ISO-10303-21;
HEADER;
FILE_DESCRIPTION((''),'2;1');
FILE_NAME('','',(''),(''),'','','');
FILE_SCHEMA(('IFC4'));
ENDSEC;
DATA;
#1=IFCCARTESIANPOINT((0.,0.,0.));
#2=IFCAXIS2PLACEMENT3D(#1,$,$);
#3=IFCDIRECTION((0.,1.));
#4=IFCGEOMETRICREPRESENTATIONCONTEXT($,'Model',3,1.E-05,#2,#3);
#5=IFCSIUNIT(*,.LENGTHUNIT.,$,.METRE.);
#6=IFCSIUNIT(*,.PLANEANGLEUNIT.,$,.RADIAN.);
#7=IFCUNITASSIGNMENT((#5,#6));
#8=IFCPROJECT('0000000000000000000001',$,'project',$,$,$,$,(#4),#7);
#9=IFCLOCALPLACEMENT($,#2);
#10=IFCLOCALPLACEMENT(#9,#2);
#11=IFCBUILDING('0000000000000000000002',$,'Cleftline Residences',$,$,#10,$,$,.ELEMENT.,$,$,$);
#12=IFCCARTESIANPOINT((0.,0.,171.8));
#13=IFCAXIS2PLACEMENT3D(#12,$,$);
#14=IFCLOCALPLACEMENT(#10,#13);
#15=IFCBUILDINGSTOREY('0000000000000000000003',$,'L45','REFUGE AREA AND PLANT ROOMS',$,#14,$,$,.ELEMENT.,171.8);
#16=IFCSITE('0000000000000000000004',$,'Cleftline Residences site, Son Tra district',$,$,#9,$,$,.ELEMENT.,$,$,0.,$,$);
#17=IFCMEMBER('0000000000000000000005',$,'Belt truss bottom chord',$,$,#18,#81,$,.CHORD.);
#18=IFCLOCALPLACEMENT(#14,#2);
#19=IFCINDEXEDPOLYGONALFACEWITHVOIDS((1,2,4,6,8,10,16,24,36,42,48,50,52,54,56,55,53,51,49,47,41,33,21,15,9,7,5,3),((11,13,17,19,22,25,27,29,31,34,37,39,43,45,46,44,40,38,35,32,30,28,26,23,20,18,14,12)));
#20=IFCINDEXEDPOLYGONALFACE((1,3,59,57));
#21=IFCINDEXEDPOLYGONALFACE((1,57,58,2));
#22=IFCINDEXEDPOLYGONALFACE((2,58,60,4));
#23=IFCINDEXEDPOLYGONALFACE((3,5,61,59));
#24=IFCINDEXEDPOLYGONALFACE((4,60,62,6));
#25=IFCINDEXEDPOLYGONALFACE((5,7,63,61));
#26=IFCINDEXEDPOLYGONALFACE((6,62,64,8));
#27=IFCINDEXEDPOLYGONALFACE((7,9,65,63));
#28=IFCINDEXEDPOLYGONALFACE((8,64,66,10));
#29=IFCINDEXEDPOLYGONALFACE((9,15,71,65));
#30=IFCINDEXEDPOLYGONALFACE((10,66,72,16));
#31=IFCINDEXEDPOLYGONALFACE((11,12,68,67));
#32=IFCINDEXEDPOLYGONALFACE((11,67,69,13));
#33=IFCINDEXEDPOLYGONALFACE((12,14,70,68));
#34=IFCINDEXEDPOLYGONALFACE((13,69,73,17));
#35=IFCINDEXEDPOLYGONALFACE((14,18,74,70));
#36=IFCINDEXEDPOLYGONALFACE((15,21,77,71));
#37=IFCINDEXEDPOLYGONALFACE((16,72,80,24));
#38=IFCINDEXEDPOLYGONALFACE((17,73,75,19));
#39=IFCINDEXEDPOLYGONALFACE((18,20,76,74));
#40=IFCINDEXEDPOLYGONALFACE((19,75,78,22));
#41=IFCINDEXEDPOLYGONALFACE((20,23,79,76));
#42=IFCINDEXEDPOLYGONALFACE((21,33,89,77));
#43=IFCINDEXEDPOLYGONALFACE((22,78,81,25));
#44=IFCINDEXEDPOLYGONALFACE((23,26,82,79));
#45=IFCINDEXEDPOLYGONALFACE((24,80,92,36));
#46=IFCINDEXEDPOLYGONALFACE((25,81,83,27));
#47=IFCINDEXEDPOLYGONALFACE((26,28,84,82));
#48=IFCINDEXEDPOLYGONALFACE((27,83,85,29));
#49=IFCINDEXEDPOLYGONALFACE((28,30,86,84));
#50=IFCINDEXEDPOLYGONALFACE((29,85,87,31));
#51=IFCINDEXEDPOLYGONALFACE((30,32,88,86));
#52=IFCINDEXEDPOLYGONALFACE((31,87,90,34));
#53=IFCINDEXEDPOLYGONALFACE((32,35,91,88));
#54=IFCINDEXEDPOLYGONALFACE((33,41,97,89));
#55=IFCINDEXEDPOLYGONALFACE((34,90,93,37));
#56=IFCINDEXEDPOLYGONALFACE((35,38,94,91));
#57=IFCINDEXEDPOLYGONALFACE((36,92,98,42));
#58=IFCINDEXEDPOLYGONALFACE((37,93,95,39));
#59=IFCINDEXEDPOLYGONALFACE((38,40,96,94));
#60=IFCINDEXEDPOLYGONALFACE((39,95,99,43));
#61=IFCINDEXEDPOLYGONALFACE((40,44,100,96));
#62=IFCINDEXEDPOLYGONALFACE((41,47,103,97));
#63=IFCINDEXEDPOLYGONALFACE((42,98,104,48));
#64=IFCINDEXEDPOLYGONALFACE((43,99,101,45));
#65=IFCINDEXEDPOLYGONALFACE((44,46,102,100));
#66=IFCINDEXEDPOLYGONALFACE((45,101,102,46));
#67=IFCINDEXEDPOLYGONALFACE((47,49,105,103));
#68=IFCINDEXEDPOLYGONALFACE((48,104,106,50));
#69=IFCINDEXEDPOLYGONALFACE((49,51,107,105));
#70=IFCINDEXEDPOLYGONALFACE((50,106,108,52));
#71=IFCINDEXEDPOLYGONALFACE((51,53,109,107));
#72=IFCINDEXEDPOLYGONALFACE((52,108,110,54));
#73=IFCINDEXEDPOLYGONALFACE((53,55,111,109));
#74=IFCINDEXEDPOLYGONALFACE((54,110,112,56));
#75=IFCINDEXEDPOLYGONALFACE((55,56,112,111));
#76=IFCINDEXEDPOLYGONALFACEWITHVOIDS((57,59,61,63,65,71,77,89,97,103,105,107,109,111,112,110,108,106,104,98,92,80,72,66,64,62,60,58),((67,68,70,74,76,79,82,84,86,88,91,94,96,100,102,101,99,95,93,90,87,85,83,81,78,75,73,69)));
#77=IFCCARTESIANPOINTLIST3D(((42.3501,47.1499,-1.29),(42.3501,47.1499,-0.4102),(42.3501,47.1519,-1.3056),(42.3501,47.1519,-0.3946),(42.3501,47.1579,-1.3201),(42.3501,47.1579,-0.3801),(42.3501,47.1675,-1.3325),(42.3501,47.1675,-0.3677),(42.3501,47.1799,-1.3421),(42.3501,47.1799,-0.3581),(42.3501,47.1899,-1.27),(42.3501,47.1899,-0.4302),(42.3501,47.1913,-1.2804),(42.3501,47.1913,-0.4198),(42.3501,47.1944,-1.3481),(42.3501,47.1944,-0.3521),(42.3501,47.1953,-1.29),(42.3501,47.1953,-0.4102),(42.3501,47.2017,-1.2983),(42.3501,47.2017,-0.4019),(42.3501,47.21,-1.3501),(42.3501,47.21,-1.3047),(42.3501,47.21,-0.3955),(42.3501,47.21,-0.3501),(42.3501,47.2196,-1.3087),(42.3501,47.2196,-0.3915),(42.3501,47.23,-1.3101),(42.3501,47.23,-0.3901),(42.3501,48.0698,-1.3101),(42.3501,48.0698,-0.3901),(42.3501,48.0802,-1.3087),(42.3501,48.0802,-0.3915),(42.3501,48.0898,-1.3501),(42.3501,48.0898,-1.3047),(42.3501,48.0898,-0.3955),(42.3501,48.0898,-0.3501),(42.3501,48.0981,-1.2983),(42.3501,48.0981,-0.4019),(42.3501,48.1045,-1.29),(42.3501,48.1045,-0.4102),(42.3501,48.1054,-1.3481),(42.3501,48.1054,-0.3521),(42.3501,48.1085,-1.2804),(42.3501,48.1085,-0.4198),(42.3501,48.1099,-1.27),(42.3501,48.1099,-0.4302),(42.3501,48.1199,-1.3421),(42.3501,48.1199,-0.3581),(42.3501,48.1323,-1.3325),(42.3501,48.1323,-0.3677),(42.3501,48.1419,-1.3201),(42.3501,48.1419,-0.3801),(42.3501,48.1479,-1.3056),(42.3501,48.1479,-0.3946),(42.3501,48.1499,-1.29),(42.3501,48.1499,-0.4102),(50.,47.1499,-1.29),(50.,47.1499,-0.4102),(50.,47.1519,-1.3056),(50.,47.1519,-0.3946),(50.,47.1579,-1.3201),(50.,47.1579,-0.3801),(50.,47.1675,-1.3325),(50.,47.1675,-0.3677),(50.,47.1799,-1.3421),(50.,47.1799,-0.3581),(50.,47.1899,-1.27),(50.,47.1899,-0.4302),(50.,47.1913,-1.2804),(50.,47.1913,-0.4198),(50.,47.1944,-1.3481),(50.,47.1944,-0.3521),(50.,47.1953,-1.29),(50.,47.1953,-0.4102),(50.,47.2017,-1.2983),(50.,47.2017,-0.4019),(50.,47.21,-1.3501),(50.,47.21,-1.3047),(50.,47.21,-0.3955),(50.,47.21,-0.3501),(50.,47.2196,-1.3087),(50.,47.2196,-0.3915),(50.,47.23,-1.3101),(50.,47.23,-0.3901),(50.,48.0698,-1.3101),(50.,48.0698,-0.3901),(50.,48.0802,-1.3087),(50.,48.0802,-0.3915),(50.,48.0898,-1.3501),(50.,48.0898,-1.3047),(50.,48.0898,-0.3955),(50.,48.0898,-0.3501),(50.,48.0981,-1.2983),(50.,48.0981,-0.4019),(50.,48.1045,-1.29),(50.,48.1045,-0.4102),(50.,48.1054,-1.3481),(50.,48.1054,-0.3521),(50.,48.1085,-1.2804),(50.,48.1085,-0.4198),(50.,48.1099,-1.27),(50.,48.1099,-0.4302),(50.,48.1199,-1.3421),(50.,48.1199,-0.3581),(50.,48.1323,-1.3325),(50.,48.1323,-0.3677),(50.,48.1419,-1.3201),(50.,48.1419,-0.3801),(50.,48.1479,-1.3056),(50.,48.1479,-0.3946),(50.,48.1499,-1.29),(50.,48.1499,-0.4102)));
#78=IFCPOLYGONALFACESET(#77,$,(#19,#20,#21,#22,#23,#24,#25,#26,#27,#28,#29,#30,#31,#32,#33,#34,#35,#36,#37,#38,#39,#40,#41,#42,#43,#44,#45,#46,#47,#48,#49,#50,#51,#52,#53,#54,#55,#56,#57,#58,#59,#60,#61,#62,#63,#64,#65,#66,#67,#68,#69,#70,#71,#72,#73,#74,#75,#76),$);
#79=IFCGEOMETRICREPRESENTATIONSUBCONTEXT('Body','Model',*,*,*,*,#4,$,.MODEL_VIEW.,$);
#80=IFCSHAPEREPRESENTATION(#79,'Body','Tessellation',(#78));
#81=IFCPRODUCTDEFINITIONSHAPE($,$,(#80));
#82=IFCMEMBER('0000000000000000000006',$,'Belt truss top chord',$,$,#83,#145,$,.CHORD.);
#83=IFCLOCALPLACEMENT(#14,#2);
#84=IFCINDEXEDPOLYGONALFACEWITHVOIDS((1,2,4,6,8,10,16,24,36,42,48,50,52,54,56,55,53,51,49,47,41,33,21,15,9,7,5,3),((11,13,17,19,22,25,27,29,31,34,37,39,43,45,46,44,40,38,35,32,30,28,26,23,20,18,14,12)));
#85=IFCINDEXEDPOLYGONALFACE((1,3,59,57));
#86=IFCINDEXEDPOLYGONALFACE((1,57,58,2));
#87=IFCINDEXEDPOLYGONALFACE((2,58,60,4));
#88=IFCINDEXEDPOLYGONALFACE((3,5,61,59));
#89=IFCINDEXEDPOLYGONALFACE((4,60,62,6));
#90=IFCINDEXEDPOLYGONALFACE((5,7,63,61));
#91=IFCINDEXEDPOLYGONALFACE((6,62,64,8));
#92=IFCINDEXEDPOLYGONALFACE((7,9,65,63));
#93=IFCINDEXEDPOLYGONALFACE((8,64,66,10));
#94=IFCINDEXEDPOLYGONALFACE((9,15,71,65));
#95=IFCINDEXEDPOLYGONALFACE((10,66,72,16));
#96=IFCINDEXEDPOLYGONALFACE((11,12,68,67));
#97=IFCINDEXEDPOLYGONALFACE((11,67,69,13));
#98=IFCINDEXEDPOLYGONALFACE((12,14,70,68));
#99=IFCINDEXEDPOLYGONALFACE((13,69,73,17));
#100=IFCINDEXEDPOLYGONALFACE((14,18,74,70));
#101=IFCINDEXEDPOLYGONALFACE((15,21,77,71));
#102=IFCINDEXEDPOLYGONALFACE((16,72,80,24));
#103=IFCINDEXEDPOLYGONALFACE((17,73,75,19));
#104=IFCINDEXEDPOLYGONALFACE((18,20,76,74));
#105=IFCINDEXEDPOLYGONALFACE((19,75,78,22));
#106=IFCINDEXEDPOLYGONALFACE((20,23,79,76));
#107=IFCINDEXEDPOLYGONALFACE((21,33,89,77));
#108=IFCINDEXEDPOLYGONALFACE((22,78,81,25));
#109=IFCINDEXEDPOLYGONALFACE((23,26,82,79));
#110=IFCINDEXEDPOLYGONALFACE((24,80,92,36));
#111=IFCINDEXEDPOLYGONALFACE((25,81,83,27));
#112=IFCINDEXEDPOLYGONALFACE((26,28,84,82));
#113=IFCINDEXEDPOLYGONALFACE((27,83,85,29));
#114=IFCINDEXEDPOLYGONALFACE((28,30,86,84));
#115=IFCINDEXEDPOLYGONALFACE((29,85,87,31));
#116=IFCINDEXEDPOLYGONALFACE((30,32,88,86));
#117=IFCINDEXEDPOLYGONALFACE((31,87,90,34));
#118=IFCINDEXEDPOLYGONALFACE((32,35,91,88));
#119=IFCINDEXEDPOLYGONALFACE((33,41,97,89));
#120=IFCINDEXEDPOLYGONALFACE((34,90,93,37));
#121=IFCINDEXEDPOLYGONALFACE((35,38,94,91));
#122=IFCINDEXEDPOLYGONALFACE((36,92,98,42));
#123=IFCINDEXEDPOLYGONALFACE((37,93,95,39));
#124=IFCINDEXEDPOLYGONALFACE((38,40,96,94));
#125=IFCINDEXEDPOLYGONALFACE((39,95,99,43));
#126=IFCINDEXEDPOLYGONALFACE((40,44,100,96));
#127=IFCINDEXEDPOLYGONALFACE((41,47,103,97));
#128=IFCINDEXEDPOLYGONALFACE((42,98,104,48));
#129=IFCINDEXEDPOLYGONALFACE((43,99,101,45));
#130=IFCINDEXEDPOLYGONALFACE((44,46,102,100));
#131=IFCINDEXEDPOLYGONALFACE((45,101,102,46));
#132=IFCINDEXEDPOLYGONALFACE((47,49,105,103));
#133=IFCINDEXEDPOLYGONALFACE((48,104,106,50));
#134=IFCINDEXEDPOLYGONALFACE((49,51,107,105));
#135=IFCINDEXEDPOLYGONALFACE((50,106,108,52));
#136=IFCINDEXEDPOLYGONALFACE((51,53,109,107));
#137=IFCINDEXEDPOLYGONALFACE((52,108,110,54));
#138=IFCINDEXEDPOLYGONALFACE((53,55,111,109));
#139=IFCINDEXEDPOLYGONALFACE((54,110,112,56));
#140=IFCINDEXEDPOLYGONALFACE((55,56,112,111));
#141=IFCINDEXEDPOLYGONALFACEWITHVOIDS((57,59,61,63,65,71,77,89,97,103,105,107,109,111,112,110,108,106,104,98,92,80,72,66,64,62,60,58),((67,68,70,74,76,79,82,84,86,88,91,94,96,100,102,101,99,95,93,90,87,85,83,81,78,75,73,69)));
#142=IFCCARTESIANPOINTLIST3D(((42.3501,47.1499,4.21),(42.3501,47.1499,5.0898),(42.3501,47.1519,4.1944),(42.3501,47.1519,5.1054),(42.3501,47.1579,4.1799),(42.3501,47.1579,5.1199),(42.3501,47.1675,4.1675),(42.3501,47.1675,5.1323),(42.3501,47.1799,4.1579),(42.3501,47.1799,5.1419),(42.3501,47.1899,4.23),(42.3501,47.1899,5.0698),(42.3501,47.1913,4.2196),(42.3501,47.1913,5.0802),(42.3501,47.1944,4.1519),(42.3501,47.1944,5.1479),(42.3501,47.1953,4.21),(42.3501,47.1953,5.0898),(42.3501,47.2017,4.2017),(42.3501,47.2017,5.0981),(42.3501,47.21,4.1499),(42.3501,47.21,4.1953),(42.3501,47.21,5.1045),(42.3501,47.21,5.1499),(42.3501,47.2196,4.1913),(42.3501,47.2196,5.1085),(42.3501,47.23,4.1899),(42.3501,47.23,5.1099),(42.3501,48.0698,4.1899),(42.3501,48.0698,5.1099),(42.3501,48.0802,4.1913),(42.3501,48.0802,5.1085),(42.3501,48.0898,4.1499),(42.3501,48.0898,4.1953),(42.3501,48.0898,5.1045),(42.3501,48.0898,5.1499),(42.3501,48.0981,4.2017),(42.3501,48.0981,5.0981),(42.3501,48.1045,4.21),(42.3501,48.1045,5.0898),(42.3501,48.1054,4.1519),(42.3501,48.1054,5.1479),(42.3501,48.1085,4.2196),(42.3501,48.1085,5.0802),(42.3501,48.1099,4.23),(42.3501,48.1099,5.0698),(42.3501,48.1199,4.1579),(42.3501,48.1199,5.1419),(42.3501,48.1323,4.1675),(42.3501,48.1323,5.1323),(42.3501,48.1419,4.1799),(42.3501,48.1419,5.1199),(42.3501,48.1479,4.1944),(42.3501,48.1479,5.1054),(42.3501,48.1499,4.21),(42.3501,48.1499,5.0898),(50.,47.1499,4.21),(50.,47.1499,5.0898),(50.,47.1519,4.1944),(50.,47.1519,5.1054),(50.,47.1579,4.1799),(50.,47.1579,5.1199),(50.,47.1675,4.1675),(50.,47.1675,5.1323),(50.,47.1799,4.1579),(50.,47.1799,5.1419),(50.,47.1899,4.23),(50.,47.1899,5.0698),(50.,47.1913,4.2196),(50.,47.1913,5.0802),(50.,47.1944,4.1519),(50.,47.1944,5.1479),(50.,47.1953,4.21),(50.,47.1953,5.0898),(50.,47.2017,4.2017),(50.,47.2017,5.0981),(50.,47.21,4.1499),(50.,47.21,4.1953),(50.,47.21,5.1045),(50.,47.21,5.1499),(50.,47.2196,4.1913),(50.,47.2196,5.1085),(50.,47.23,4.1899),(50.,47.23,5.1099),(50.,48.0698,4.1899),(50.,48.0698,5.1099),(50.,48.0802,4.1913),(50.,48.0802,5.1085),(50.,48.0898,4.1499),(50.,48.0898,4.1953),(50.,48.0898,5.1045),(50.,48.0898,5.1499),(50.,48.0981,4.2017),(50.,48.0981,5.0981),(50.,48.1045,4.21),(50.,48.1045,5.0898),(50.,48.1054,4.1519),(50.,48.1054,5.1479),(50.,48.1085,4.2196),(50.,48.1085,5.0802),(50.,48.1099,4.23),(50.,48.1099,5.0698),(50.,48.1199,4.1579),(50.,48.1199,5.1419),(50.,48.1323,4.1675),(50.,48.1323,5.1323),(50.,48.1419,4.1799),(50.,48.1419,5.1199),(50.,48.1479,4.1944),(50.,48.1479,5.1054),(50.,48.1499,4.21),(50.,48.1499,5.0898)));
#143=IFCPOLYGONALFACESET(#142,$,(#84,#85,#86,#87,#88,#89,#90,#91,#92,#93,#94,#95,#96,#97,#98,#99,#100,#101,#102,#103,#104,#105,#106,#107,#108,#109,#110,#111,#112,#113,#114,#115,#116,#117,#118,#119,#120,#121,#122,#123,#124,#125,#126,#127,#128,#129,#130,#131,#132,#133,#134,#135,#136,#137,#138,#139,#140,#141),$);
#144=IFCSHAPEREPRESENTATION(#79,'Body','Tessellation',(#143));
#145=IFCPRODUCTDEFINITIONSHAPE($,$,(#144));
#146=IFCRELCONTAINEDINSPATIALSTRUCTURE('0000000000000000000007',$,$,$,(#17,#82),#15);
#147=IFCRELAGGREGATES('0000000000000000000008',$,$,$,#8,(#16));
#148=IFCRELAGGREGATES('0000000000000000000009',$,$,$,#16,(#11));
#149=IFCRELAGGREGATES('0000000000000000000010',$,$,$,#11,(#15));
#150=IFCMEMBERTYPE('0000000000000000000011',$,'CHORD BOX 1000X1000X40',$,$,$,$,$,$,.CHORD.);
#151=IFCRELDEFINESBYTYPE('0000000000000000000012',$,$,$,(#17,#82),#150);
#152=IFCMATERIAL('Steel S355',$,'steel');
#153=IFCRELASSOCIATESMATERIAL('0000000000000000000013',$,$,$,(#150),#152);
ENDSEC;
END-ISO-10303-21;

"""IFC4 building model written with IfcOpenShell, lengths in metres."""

from ifc_helpers import new_model, si_unit, direction, frame, origin, origin_2d, place, context, subcontext, project, spatial, hollow_rectangle, extrude, material, material_profile, profile_set, type_object, element, save


model = new_model("IFC4")

# Units and contexts
model_context = context("Model", 3, precision=1e-05, world=origin(), true_north=direction((0.0, 1.0)))
body_context = subcontext(model_context, "Body", "Model", "MODEL_VIEW")
ifc_project = project(units=[si_unit("LENGTHUNIT", "METRE"), si_unit("PLANEANGLEUNIT", "RADIAN")], contexts=[model_context])

# Site, building, storey
site_placement = place(None, origin())
site = spatial("IfcSite", under=ifc_project, at=site_placement, Name="Cleftline Residences site, Son Tra district", CompositionType="ELEMENT", RefElevation=0.0)
building_placement = place(site_placement, origin())
building = spatial("IfcBuilding", under=site, at=building_placement, Name="Cleftline Residences", CompositionType="ELEMENT")
storey_placement = place(building_placement, frame((0.0, 0.0, 171.8)))
storey = spatial("IfcBuildingStorey", under=building, at=storey_placement, Name="L45", Description="REFUGE AREA AND PLANT ROOMS", CompositionType="ELEMENT", Elevation=171.8)

# Members
ifc_material_1 = material(Name="Steel S355", Category="steel")
ifc_material_profile_1 = material_profile(ifc_material_1, hollow_rectangle(XDim=1.0, YDim=1.0, WallThickness=0.04, InnerFilletRadius=0.04, OuterFilletRadius=0.0601, at=origin_2d()))
ifc_profile_set_1 = profile_set([ifc_material_profile_1], Name="Steel S355")
member_type_1 = type_object("IfcMemberType", Name="CHORD BOX 1000X1000X40", PredefinedType="CHORD", material=ifc_profile_set_1)
for number, where, z_axis, x_axis, name in (
    (1, (42.3501, 47.6499, -0.8501), (1.0, 0.0, 0.0), (0.0, 1.0, 0.0), "Belt truss bottom chord"),
    (2, (42.3501, 47.6499, 4.6499), (1.0, 0.0, 0.0), (0.0, 1.0, 0.0), "Belt truss top chord"),
):
    element("IfcMember", number, at=place(storey_placement, frame(where, z_axis=z_axis, x_axis=x_axis)), inside=storey, type_object=member_type_1, Name=name, PredefinedType="CHORD", context=body_context, shape_type="SweptSolid", body=[
        extrude(hollow_rectangle(XDim=1.0, YDim=1.0, WallThickness=0.04, InnerFilletRadius=0.04, OuterFilletRadius=0.0601, at=origin_2d()), origin(), (0.0, 0.0, 1.0), 7.6499),
    ])

save(model, "model.ifc")
